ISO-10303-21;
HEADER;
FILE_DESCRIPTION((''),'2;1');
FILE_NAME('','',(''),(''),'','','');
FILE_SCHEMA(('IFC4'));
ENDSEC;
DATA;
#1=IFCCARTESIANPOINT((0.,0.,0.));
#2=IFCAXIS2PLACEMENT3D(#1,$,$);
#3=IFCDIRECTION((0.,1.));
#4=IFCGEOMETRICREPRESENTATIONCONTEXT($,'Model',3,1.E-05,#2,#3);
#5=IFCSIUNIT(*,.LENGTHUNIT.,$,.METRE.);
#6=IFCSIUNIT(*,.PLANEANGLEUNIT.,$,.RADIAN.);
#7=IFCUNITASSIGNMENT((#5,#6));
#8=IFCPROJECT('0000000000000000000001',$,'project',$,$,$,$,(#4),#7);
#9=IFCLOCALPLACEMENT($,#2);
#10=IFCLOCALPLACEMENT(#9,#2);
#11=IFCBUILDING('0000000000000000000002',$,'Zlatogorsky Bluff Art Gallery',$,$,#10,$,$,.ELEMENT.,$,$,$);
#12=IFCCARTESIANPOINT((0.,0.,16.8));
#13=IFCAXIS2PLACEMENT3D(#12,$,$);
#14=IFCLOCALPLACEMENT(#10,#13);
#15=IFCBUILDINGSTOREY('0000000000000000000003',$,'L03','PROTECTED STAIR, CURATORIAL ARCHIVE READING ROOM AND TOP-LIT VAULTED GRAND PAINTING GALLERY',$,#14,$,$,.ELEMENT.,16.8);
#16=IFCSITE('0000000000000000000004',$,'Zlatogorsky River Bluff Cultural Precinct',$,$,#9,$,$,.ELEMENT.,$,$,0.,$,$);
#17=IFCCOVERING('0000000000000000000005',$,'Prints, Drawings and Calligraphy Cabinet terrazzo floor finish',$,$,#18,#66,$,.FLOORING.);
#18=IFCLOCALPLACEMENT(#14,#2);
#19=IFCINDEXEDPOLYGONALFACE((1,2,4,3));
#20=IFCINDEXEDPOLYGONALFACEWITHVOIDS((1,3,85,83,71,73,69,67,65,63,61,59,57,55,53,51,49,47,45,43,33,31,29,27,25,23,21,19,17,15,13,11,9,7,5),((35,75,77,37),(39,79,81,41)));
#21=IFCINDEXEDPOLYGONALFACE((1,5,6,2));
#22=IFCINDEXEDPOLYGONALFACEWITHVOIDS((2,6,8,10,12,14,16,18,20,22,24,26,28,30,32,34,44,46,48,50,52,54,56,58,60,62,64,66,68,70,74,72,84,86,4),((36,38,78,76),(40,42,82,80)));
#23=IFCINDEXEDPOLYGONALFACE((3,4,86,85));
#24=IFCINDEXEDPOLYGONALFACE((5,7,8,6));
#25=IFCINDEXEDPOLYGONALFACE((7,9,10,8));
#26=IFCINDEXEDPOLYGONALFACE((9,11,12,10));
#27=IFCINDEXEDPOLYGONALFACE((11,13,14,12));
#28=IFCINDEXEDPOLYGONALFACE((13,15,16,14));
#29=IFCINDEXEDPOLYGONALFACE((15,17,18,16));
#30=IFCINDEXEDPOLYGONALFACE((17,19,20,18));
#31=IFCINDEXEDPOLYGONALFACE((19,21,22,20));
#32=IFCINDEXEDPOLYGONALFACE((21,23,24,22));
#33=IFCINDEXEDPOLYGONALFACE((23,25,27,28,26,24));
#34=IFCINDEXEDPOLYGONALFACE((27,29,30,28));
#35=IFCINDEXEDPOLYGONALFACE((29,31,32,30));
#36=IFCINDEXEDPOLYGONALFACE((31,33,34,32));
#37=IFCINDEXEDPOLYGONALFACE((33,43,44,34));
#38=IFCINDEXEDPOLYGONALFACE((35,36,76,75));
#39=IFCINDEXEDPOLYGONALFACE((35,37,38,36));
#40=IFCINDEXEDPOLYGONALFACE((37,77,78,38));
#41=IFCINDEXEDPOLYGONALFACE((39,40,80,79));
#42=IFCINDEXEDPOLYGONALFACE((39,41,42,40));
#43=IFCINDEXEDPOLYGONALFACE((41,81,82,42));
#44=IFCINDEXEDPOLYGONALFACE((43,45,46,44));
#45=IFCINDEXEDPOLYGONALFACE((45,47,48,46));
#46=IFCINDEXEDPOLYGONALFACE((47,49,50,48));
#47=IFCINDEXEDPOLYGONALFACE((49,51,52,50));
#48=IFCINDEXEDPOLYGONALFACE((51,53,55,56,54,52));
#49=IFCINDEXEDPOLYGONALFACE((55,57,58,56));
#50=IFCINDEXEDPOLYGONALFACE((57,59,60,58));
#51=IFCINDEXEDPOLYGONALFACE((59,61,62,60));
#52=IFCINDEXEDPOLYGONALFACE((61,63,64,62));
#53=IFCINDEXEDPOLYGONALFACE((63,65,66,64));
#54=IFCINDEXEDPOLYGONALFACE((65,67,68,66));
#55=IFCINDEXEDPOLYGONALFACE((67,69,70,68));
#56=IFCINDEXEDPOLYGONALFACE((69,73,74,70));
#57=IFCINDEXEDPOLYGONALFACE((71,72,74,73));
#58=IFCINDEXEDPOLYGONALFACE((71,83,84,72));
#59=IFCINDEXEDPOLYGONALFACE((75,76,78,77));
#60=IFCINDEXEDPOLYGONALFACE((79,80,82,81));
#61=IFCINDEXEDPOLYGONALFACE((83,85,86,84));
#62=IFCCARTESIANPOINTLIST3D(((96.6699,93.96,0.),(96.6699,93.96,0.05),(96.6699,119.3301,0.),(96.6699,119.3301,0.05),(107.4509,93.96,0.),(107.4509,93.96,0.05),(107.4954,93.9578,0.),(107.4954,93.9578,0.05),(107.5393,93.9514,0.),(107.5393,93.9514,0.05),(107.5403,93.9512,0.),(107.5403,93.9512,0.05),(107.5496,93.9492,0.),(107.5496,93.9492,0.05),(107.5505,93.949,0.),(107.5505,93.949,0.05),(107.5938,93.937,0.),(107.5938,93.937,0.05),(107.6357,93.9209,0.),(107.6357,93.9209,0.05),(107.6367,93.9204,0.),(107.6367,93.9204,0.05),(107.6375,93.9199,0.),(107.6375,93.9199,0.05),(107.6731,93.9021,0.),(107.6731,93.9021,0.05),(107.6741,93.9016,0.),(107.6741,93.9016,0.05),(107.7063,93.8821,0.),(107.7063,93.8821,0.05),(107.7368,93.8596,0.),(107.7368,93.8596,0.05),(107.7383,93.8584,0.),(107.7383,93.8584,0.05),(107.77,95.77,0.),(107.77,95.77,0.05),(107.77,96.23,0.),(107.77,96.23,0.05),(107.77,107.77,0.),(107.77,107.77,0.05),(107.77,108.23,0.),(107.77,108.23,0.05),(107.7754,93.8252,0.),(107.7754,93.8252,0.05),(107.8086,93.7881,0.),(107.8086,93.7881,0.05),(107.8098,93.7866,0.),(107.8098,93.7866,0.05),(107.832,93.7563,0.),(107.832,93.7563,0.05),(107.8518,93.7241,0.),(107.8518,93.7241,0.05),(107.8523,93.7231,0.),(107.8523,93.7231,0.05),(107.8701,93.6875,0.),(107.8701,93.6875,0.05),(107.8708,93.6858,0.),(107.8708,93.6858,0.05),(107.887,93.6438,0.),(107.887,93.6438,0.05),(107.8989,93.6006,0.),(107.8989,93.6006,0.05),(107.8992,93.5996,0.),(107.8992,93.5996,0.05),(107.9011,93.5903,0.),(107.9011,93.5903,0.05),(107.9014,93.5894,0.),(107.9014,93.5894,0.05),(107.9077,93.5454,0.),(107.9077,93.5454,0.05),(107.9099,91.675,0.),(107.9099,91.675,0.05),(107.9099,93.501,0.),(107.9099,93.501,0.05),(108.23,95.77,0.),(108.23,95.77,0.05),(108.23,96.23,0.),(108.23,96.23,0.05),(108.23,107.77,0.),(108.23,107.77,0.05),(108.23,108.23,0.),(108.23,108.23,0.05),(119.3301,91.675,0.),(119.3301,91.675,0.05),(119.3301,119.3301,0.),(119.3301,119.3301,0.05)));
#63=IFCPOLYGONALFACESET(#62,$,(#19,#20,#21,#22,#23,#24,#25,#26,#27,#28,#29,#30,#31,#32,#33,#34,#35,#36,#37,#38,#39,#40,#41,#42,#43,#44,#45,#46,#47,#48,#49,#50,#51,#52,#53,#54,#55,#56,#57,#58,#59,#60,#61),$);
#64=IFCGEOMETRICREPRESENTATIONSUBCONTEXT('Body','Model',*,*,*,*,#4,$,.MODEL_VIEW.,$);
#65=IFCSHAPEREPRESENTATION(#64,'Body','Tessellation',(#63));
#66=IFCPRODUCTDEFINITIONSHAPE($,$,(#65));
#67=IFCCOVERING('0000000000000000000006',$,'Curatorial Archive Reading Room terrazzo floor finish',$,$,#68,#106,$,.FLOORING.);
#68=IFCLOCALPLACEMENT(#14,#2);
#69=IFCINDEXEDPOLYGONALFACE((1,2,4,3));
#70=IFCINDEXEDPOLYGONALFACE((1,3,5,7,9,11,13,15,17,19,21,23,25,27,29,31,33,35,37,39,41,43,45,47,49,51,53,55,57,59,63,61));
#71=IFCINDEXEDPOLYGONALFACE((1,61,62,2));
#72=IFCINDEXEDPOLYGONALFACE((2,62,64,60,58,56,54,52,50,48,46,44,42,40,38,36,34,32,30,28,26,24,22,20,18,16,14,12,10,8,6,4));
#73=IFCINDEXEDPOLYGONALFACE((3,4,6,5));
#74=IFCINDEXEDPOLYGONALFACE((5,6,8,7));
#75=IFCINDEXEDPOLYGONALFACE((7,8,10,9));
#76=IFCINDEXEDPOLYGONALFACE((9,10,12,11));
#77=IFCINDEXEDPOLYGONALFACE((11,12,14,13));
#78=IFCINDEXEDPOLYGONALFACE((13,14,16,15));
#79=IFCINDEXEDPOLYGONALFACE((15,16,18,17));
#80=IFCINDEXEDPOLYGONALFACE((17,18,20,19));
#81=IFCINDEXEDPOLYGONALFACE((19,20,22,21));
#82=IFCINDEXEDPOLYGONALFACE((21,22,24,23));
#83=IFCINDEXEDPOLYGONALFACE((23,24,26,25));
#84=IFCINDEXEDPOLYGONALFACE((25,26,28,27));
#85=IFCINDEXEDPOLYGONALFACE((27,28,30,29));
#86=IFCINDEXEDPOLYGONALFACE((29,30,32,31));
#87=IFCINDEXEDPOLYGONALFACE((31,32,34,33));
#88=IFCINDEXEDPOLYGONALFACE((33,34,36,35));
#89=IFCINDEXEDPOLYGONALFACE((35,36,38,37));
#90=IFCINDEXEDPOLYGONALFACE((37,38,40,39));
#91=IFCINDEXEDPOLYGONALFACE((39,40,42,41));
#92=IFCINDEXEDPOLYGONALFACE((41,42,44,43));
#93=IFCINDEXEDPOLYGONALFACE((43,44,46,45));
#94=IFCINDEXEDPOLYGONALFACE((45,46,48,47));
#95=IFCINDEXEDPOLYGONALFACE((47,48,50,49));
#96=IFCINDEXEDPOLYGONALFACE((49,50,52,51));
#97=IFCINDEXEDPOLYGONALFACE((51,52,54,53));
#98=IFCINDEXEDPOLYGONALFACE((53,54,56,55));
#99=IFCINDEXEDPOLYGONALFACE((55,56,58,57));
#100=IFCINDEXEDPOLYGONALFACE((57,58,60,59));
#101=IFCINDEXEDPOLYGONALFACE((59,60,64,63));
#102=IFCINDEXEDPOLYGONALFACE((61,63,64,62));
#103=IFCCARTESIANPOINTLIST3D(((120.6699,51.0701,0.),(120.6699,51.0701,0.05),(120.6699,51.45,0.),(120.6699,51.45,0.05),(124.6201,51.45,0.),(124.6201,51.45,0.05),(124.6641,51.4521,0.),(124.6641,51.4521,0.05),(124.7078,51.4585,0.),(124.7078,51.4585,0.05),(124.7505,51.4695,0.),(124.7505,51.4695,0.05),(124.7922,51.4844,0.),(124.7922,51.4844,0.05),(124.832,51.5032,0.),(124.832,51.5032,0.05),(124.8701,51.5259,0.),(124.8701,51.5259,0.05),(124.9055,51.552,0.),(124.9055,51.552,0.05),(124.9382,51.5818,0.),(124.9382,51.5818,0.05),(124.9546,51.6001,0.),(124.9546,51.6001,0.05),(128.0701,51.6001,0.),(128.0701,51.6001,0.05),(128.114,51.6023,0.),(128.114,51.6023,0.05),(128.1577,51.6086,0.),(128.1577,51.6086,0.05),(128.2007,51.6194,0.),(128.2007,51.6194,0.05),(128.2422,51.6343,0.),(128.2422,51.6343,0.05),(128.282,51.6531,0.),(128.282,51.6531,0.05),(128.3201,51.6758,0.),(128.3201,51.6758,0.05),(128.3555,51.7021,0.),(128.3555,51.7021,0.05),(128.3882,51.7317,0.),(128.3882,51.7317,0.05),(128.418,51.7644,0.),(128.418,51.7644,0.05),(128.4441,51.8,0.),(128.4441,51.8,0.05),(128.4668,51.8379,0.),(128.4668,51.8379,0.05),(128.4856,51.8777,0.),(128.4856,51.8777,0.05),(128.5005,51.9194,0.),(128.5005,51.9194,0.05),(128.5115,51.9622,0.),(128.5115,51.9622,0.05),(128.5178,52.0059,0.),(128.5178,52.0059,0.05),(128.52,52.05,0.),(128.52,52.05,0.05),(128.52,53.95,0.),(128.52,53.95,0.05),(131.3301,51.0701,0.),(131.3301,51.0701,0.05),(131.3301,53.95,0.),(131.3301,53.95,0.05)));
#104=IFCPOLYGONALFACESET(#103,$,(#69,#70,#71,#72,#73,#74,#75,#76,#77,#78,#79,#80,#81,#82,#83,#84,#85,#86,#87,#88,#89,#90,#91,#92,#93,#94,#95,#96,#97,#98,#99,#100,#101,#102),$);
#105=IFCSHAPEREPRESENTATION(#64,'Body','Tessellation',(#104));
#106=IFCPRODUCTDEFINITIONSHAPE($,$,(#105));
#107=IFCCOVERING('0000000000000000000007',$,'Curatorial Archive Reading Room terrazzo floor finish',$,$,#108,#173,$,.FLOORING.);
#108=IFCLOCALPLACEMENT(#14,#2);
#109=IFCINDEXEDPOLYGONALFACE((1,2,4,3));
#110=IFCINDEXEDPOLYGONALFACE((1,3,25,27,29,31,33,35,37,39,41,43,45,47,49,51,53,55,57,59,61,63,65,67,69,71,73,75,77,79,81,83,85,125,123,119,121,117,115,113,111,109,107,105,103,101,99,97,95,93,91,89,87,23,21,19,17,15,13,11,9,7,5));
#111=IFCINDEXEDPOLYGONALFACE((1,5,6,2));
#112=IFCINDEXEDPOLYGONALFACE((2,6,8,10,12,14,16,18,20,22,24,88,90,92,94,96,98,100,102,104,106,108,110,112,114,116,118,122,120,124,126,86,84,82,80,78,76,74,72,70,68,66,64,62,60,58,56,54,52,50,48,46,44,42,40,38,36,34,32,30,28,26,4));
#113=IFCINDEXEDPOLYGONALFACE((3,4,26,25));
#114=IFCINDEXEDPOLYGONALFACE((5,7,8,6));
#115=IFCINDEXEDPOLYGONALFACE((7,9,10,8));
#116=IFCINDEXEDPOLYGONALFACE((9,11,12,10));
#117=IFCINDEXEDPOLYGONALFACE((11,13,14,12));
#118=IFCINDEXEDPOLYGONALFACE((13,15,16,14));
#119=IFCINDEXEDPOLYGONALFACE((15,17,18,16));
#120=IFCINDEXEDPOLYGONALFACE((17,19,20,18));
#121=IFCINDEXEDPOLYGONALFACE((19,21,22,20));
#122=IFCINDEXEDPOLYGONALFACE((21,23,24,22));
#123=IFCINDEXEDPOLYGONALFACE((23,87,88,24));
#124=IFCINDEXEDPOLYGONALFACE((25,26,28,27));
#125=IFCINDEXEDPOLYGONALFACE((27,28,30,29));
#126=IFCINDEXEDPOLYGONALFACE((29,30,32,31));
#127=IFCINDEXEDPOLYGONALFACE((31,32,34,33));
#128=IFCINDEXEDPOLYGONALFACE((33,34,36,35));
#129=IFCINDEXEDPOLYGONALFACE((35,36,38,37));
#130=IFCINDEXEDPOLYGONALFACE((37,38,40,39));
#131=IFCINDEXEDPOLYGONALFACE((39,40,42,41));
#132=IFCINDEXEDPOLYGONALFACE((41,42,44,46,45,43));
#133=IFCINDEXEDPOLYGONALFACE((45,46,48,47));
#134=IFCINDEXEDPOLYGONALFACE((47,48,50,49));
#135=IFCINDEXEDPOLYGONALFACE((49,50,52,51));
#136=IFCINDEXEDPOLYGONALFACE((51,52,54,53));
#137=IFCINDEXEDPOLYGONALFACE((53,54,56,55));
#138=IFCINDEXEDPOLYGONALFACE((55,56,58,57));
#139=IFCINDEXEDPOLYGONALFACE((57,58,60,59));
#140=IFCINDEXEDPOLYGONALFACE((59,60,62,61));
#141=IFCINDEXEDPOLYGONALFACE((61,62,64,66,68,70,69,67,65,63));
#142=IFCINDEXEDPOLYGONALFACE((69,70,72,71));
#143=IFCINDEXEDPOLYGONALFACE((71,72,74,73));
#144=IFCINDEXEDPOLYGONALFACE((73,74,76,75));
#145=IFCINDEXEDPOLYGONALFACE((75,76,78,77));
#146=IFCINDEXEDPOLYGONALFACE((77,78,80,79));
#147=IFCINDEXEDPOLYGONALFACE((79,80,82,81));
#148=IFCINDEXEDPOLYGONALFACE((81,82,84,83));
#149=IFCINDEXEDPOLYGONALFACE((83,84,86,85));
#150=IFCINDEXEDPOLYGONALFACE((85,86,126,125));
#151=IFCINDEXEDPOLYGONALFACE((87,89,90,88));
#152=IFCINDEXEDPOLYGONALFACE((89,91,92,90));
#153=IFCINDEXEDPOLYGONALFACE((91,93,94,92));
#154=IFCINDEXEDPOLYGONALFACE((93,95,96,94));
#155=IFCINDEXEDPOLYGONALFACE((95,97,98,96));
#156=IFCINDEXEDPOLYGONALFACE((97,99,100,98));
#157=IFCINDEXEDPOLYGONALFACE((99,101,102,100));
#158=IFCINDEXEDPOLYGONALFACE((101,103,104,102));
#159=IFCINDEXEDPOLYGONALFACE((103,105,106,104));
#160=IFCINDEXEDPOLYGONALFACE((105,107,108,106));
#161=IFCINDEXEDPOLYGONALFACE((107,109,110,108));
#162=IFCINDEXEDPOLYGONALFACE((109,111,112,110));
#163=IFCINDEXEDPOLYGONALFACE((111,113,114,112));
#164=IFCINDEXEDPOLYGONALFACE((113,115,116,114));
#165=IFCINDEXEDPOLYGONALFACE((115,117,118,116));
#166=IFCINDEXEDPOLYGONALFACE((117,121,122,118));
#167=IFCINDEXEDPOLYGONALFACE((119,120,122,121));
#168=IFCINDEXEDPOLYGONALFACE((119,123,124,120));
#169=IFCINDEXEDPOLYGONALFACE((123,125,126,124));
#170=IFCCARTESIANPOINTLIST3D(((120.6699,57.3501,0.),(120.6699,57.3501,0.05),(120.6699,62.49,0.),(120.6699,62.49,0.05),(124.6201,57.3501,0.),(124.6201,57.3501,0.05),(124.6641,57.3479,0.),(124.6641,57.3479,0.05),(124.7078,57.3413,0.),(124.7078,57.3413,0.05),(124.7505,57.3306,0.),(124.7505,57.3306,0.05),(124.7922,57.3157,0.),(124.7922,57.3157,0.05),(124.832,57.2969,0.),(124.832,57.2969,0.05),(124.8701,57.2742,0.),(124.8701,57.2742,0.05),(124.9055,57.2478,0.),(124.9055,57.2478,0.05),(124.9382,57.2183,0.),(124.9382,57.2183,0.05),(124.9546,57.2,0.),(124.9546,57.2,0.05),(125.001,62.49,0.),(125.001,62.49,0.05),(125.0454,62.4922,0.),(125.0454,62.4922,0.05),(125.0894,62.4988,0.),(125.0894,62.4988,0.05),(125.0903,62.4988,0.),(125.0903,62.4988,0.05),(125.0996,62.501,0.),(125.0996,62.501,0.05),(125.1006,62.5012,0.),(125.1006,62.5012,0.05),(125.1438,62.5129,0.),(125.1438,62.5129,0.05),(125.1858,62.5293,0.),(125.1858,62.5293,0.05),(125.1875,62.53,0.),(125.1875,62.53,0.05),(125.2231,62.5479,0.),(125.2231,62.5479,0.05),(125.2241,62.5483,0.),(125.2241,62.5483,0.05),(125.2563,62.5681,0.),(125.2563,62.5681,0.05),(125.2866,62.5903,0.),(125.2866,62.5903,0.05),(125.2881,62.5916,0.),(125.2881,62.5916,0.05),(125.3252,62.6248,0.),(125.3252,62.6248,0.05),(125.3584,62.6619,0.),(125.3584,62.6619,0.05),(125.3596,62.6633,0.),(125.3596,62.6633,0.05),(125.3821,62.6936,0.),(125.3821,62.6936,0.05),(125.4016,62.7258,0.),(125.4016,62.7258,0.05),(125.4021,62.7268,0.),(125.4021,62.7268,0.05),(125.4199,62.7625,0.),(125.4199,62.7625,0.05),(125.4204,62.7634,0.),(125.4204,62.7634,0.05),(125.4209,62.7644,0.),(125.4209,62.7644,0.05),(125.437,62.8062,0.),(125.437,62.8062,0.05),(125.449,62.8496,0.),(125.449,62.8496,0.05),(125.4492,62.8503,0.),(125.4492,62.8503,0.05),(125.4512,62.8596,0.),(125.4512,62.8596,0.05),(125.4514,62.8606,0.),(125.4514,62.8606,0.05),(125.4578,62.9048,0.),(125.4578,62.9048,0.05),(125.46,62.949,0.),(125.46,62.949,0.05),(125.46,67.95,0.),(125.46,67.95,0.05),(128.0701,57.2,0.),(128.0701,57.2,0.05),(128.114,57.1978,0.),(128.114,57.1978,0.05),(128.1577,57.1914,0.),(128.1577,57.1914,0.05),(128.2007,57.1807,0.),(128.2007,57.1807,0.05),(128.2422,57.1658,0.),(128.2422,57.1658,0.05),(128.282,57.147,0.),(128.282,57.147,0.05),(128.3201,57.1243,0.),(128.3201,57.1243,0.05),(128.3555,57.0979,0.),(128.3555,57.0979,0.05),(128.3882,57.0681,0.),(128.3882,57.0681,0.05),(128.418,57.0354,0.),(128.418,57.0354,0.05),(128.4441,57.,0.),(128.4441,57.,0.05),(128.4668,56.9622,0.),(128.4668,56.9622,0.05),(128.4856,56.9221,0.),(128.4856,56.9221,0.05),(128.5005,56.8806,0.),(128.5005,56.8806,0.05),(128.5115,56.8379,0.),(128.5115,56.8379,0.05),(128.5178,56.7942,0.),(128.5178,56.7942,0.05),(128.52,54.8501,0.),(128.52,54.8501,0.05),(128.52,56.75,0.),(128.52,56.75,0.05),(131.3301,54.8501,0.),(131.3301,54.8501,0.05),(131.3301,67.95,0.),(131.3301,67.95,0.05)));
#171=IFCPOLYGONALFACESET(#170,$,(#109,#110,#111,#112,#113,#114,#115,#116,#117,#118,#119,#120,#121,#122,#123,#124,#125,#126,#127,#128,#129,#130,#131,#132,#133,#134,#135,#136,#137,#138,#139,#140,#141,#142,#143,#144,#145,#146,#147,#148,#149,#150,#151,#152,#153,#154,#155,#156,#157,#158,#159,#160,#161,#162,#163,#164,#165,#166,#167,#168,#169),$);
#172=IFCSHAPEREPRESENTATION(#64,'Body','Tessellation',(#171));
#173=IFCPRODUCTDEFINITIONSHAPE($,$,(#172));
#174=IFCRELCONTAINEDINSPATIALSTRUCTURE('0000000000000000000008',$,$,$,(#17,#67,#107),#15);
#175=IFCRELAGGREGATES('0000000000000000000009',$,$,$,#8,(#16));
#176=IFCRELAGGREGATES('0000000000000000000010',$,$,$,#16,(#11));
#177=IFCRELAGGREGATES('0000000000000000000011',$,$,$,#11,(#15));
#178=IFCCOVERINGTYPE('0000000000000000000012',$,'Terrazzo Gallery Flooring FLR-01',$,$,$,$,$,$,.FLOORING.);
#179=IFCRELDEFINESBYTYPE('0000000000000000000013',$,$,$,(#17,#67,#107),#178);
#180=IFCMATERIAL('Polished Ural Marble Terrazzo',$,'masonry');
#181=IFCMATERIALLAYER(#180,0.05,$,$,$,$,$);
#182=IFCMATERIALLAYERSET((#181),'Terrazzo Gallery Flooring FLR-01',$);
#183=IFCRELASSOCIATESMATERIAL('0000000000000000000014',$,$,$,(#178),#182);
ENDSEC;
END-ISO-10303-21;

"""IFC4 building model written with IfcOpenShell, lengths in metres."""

from ifc_helpers import new_model, si_unit, direction, frame, origin, place, context, subcontext, project, spatial, polyline, outline, extrude, material, layer, layer_set, type_object, element, save


model = new_model("IFC4")

# Units and contexts
model_context = context("Model", 3, precision=1e-05, world=origin(), true_north=direction((0.0, 1.0)))
body_context = subcontext(model_context, "Body", "Model", "MODEL_VIEW")
ifc_project = project(units=[si_unit("LENGTHUNIT", "METRE"), si_unit("PLANEANGLEUNIT", "RADIAN")], contexts=[model_context])

# Site, building, storey
site_placement = place(None, origin())
site = spatial("IfcSite", under=ifc_project, at=site_placement, Name="Zlatogorsky River Bluff Cultural Precinct", CompositionType="ELEMENT", RefElevation=0.0)
building_placement = place(site_placement, origin())
building = spatial("IfcBuilding", under=site, at=building_placement, Name="Zlatogorsky Bluff Art Gallery", CompositionType="ELEMENT")
storey_placement = place(building_placement, frame((0.0, 0.0, 16.8)))
storey = spatial("IfcBuildingStorey", under=building, at=storey_placement, Name="L03", Description="PROTECTED STAIR, CURATORIAL ARCHIVE READING ROOM AND TOP-LIT VAULTED GRAND PAINTING GALLERY", CompositionType="ELEMENT", Elevation=16.8)

# Coverings
ifc_material_1 = material(Name="Polished Ural Marble Terrazzo", Category="masonry")
ifc_layer_1 = layer(ifc_material_1, 0.05)
ifc_layer_set_1 = layer_set([ifc_layer_1], Name="Terrazzo Gallery Flooring FLR-01")
covering_type_1 = type_object("IfcCoveringType", Name="Terrazzo Gallery Flooring FLR-01", PredefinedType="FLOORING", material=ifc_layer_set_1)
covering_1_placement = place(storey_placement, origin())
element("IfcCovering", 1, at=covering_1_placement, inside=storey, type_object=covering_type_1, Name="Prints, Drawings and Calligraphy Cabinet terrazzo floor finish", PredefinedType="FLOORING", context=body_context, shape_type="SweptSolid", body=[
    extrude(outline(polyline([(96.6699, 119.3301), (119.3301, 119.3301), (119.3301, 91.675), (107.9099, 91.675), (107.9099, 93.501), (107.9077, 93.5454), (107.9014, 93.5894), (107.9011, 93.5903), (107.8992, 93.5996), (107.8989, 93.6006), (107.887, 93.6438), (107.8708, 93.6858), (107.8701, 93.6875), (107.8523, 93.7231), (107.8518, 93.7241), (107.832, 93.7563), (107.8098, 93.7866), (107.8086, 93.7881), (107.7754, 93.8252), (107.7383, 93.8584), (107.7368, 93.8596), (107.7063, 93.8821), (107.6741, 93.9016), (107.6731, 93.9021), (107.6375, 93.9199), (107.6367, 93.9204), (107.6357, 93.9209), (107.5938, 93.937), (107.5505, 93.949), (107.5496, 93.9492), (107.5403, 93.9512), (107.5393, 93.9514), (107.4954, 93.9578), (107.4509, 93.96), (96.6699, 93.96), (96.6699, 119.3301)]), holes=[polyline([(107.77, 95.77), (108.23, 95.77), (108.23, 96.23), (107.77, 96.23), (107.77, 95.77)]), polyline([(107.77, 107.77), (108.23, 107.77), (108.23, 108.23), (107.77, 108.23), (107.77, 107.77)])]), origin(), (0.0, 0.0, 1.0), 0.05),
])
covering_2_placement = place(storey_placement, origin())
element("IfcCovering", 2, at=covering_2_placement, inside=storey, type_object=covering_type_1, Name="Curatorial Archive Reading Room terrazzo floor finish", PredefinedType="FLOORING", context=body_context, shape_type="SweptSolid", body=[
    extrude(outline(polyline([(124.6201, 51.45), (124.6641, 51.4521), (124.7078, 51.4585), (124.7505, 51.4695), (124.7922, 51.4844), (124.832, 51.5032), (124.8701, 51.5259), (124.9055, 51.552), (124.9382, 51.5818), (124.9546, 51.6001), (128.0701, 51.6001), (128.114, 51.6023), (128.1577, 51.6086), (128.2007, 51.6194), (128.2422, 51.6343), (128.282, 51.6531), (128.3201, 51.6758), (128.3555, 51.7021), (128.3882, 51.7317), (128.418, 51.7644), (128.4441, 51.8), (128.4668, 51.8379), (128.4856, 51.8777), (128.5005, 51.9194), (128.5115, 51.9622), (128.5178, 52.0059), (128.52, 52.05), (128.52, 53.95), (131.3301, 53.95), (131.3301, 51.0701), (120.6699, 51.0701), (120.6699, 51.45), (124.6201, 51.45)])), origin(), (0.0, 0.0, 1.0), 0.05),
])
covering_3_placement = place(storey_placement, origin())
element("IfcCovering", 3, at=covering_3_placement, inside=storey, type_object=covering_type_1, Name="Curatorial Archive Reading Room terrazzo floor finish", PredefinedType="FLOORING", context=body_context, shape_type="SweptSolid", body=[
    extrude(outline(polyline([(120.6699, 62.49), (125.001, 62.49), (125.0454, 62.4922), (125.0894, 62.4988), (125.0903, 62.4988), (125.0996, 62.501), (125.1006, 62.5012), (125.1438, 62.5129), (125.1858, 62.5293), (125.1875, 62.53), (125.2231, 62.5479), (125.2241, 62.5483), (125.2563, 62.5681), (125.2866, 62.5903), (125.2881, 62.5916), (125.3252, 62.6248), (125.3584, 62.6619), (125.3596, 62.6633), (125.3821, 62.6936), (125.4016, 62.7258), (125.4021, 62.7268), (125.4199, 62.7625), (125.4204, 62.7634), (125.4209, 62.7644), (125.437, 62.8062), (125.449, 62.8496), (125.4492, 62.8503), (125.4512, 62.8596), (125.4514, 62.8606), (125.4578, 62.9048), (125.46, 62.949), (125.46, 67.95), (131.3301, 67.95), (131.3301, 54.8501), (128.52, 54.8501), (128.52, 56.75), (128.5178, 56.7942), (128.5115, 56.8379), (128.5005, 56.8806), (128.4856, 56.9221), (128.4668, 56.9622), (128.4441, 57.0), (128.418, 57.0354), (128.3882, 57.0681), (128.3555, 57.0979), (128.3201, 57.1243), (128.282, 57.147), (128.2422, 57.1658), (128.2007, 57.1807), (128.1577, 57.1914), (128.114, 57.1978), (128.0701, 57.2), (124.9546, 57.2), (124.9382, 57.2183), (124.9055, 57.2478), (124.8701, 57.2742), (124.832, 57.2969), (124.7922, 57.3157), (124.7505, 57.3306), (124.7078, 57.3413), (124.6641, 57.3479), (124.6201, 57.3501), (120.6699, 57.3501), (120.6699, 62.49)])), origin(), (0.0, 0.0, 1.0), 0.05),
])

save(model, "model.ifc")
